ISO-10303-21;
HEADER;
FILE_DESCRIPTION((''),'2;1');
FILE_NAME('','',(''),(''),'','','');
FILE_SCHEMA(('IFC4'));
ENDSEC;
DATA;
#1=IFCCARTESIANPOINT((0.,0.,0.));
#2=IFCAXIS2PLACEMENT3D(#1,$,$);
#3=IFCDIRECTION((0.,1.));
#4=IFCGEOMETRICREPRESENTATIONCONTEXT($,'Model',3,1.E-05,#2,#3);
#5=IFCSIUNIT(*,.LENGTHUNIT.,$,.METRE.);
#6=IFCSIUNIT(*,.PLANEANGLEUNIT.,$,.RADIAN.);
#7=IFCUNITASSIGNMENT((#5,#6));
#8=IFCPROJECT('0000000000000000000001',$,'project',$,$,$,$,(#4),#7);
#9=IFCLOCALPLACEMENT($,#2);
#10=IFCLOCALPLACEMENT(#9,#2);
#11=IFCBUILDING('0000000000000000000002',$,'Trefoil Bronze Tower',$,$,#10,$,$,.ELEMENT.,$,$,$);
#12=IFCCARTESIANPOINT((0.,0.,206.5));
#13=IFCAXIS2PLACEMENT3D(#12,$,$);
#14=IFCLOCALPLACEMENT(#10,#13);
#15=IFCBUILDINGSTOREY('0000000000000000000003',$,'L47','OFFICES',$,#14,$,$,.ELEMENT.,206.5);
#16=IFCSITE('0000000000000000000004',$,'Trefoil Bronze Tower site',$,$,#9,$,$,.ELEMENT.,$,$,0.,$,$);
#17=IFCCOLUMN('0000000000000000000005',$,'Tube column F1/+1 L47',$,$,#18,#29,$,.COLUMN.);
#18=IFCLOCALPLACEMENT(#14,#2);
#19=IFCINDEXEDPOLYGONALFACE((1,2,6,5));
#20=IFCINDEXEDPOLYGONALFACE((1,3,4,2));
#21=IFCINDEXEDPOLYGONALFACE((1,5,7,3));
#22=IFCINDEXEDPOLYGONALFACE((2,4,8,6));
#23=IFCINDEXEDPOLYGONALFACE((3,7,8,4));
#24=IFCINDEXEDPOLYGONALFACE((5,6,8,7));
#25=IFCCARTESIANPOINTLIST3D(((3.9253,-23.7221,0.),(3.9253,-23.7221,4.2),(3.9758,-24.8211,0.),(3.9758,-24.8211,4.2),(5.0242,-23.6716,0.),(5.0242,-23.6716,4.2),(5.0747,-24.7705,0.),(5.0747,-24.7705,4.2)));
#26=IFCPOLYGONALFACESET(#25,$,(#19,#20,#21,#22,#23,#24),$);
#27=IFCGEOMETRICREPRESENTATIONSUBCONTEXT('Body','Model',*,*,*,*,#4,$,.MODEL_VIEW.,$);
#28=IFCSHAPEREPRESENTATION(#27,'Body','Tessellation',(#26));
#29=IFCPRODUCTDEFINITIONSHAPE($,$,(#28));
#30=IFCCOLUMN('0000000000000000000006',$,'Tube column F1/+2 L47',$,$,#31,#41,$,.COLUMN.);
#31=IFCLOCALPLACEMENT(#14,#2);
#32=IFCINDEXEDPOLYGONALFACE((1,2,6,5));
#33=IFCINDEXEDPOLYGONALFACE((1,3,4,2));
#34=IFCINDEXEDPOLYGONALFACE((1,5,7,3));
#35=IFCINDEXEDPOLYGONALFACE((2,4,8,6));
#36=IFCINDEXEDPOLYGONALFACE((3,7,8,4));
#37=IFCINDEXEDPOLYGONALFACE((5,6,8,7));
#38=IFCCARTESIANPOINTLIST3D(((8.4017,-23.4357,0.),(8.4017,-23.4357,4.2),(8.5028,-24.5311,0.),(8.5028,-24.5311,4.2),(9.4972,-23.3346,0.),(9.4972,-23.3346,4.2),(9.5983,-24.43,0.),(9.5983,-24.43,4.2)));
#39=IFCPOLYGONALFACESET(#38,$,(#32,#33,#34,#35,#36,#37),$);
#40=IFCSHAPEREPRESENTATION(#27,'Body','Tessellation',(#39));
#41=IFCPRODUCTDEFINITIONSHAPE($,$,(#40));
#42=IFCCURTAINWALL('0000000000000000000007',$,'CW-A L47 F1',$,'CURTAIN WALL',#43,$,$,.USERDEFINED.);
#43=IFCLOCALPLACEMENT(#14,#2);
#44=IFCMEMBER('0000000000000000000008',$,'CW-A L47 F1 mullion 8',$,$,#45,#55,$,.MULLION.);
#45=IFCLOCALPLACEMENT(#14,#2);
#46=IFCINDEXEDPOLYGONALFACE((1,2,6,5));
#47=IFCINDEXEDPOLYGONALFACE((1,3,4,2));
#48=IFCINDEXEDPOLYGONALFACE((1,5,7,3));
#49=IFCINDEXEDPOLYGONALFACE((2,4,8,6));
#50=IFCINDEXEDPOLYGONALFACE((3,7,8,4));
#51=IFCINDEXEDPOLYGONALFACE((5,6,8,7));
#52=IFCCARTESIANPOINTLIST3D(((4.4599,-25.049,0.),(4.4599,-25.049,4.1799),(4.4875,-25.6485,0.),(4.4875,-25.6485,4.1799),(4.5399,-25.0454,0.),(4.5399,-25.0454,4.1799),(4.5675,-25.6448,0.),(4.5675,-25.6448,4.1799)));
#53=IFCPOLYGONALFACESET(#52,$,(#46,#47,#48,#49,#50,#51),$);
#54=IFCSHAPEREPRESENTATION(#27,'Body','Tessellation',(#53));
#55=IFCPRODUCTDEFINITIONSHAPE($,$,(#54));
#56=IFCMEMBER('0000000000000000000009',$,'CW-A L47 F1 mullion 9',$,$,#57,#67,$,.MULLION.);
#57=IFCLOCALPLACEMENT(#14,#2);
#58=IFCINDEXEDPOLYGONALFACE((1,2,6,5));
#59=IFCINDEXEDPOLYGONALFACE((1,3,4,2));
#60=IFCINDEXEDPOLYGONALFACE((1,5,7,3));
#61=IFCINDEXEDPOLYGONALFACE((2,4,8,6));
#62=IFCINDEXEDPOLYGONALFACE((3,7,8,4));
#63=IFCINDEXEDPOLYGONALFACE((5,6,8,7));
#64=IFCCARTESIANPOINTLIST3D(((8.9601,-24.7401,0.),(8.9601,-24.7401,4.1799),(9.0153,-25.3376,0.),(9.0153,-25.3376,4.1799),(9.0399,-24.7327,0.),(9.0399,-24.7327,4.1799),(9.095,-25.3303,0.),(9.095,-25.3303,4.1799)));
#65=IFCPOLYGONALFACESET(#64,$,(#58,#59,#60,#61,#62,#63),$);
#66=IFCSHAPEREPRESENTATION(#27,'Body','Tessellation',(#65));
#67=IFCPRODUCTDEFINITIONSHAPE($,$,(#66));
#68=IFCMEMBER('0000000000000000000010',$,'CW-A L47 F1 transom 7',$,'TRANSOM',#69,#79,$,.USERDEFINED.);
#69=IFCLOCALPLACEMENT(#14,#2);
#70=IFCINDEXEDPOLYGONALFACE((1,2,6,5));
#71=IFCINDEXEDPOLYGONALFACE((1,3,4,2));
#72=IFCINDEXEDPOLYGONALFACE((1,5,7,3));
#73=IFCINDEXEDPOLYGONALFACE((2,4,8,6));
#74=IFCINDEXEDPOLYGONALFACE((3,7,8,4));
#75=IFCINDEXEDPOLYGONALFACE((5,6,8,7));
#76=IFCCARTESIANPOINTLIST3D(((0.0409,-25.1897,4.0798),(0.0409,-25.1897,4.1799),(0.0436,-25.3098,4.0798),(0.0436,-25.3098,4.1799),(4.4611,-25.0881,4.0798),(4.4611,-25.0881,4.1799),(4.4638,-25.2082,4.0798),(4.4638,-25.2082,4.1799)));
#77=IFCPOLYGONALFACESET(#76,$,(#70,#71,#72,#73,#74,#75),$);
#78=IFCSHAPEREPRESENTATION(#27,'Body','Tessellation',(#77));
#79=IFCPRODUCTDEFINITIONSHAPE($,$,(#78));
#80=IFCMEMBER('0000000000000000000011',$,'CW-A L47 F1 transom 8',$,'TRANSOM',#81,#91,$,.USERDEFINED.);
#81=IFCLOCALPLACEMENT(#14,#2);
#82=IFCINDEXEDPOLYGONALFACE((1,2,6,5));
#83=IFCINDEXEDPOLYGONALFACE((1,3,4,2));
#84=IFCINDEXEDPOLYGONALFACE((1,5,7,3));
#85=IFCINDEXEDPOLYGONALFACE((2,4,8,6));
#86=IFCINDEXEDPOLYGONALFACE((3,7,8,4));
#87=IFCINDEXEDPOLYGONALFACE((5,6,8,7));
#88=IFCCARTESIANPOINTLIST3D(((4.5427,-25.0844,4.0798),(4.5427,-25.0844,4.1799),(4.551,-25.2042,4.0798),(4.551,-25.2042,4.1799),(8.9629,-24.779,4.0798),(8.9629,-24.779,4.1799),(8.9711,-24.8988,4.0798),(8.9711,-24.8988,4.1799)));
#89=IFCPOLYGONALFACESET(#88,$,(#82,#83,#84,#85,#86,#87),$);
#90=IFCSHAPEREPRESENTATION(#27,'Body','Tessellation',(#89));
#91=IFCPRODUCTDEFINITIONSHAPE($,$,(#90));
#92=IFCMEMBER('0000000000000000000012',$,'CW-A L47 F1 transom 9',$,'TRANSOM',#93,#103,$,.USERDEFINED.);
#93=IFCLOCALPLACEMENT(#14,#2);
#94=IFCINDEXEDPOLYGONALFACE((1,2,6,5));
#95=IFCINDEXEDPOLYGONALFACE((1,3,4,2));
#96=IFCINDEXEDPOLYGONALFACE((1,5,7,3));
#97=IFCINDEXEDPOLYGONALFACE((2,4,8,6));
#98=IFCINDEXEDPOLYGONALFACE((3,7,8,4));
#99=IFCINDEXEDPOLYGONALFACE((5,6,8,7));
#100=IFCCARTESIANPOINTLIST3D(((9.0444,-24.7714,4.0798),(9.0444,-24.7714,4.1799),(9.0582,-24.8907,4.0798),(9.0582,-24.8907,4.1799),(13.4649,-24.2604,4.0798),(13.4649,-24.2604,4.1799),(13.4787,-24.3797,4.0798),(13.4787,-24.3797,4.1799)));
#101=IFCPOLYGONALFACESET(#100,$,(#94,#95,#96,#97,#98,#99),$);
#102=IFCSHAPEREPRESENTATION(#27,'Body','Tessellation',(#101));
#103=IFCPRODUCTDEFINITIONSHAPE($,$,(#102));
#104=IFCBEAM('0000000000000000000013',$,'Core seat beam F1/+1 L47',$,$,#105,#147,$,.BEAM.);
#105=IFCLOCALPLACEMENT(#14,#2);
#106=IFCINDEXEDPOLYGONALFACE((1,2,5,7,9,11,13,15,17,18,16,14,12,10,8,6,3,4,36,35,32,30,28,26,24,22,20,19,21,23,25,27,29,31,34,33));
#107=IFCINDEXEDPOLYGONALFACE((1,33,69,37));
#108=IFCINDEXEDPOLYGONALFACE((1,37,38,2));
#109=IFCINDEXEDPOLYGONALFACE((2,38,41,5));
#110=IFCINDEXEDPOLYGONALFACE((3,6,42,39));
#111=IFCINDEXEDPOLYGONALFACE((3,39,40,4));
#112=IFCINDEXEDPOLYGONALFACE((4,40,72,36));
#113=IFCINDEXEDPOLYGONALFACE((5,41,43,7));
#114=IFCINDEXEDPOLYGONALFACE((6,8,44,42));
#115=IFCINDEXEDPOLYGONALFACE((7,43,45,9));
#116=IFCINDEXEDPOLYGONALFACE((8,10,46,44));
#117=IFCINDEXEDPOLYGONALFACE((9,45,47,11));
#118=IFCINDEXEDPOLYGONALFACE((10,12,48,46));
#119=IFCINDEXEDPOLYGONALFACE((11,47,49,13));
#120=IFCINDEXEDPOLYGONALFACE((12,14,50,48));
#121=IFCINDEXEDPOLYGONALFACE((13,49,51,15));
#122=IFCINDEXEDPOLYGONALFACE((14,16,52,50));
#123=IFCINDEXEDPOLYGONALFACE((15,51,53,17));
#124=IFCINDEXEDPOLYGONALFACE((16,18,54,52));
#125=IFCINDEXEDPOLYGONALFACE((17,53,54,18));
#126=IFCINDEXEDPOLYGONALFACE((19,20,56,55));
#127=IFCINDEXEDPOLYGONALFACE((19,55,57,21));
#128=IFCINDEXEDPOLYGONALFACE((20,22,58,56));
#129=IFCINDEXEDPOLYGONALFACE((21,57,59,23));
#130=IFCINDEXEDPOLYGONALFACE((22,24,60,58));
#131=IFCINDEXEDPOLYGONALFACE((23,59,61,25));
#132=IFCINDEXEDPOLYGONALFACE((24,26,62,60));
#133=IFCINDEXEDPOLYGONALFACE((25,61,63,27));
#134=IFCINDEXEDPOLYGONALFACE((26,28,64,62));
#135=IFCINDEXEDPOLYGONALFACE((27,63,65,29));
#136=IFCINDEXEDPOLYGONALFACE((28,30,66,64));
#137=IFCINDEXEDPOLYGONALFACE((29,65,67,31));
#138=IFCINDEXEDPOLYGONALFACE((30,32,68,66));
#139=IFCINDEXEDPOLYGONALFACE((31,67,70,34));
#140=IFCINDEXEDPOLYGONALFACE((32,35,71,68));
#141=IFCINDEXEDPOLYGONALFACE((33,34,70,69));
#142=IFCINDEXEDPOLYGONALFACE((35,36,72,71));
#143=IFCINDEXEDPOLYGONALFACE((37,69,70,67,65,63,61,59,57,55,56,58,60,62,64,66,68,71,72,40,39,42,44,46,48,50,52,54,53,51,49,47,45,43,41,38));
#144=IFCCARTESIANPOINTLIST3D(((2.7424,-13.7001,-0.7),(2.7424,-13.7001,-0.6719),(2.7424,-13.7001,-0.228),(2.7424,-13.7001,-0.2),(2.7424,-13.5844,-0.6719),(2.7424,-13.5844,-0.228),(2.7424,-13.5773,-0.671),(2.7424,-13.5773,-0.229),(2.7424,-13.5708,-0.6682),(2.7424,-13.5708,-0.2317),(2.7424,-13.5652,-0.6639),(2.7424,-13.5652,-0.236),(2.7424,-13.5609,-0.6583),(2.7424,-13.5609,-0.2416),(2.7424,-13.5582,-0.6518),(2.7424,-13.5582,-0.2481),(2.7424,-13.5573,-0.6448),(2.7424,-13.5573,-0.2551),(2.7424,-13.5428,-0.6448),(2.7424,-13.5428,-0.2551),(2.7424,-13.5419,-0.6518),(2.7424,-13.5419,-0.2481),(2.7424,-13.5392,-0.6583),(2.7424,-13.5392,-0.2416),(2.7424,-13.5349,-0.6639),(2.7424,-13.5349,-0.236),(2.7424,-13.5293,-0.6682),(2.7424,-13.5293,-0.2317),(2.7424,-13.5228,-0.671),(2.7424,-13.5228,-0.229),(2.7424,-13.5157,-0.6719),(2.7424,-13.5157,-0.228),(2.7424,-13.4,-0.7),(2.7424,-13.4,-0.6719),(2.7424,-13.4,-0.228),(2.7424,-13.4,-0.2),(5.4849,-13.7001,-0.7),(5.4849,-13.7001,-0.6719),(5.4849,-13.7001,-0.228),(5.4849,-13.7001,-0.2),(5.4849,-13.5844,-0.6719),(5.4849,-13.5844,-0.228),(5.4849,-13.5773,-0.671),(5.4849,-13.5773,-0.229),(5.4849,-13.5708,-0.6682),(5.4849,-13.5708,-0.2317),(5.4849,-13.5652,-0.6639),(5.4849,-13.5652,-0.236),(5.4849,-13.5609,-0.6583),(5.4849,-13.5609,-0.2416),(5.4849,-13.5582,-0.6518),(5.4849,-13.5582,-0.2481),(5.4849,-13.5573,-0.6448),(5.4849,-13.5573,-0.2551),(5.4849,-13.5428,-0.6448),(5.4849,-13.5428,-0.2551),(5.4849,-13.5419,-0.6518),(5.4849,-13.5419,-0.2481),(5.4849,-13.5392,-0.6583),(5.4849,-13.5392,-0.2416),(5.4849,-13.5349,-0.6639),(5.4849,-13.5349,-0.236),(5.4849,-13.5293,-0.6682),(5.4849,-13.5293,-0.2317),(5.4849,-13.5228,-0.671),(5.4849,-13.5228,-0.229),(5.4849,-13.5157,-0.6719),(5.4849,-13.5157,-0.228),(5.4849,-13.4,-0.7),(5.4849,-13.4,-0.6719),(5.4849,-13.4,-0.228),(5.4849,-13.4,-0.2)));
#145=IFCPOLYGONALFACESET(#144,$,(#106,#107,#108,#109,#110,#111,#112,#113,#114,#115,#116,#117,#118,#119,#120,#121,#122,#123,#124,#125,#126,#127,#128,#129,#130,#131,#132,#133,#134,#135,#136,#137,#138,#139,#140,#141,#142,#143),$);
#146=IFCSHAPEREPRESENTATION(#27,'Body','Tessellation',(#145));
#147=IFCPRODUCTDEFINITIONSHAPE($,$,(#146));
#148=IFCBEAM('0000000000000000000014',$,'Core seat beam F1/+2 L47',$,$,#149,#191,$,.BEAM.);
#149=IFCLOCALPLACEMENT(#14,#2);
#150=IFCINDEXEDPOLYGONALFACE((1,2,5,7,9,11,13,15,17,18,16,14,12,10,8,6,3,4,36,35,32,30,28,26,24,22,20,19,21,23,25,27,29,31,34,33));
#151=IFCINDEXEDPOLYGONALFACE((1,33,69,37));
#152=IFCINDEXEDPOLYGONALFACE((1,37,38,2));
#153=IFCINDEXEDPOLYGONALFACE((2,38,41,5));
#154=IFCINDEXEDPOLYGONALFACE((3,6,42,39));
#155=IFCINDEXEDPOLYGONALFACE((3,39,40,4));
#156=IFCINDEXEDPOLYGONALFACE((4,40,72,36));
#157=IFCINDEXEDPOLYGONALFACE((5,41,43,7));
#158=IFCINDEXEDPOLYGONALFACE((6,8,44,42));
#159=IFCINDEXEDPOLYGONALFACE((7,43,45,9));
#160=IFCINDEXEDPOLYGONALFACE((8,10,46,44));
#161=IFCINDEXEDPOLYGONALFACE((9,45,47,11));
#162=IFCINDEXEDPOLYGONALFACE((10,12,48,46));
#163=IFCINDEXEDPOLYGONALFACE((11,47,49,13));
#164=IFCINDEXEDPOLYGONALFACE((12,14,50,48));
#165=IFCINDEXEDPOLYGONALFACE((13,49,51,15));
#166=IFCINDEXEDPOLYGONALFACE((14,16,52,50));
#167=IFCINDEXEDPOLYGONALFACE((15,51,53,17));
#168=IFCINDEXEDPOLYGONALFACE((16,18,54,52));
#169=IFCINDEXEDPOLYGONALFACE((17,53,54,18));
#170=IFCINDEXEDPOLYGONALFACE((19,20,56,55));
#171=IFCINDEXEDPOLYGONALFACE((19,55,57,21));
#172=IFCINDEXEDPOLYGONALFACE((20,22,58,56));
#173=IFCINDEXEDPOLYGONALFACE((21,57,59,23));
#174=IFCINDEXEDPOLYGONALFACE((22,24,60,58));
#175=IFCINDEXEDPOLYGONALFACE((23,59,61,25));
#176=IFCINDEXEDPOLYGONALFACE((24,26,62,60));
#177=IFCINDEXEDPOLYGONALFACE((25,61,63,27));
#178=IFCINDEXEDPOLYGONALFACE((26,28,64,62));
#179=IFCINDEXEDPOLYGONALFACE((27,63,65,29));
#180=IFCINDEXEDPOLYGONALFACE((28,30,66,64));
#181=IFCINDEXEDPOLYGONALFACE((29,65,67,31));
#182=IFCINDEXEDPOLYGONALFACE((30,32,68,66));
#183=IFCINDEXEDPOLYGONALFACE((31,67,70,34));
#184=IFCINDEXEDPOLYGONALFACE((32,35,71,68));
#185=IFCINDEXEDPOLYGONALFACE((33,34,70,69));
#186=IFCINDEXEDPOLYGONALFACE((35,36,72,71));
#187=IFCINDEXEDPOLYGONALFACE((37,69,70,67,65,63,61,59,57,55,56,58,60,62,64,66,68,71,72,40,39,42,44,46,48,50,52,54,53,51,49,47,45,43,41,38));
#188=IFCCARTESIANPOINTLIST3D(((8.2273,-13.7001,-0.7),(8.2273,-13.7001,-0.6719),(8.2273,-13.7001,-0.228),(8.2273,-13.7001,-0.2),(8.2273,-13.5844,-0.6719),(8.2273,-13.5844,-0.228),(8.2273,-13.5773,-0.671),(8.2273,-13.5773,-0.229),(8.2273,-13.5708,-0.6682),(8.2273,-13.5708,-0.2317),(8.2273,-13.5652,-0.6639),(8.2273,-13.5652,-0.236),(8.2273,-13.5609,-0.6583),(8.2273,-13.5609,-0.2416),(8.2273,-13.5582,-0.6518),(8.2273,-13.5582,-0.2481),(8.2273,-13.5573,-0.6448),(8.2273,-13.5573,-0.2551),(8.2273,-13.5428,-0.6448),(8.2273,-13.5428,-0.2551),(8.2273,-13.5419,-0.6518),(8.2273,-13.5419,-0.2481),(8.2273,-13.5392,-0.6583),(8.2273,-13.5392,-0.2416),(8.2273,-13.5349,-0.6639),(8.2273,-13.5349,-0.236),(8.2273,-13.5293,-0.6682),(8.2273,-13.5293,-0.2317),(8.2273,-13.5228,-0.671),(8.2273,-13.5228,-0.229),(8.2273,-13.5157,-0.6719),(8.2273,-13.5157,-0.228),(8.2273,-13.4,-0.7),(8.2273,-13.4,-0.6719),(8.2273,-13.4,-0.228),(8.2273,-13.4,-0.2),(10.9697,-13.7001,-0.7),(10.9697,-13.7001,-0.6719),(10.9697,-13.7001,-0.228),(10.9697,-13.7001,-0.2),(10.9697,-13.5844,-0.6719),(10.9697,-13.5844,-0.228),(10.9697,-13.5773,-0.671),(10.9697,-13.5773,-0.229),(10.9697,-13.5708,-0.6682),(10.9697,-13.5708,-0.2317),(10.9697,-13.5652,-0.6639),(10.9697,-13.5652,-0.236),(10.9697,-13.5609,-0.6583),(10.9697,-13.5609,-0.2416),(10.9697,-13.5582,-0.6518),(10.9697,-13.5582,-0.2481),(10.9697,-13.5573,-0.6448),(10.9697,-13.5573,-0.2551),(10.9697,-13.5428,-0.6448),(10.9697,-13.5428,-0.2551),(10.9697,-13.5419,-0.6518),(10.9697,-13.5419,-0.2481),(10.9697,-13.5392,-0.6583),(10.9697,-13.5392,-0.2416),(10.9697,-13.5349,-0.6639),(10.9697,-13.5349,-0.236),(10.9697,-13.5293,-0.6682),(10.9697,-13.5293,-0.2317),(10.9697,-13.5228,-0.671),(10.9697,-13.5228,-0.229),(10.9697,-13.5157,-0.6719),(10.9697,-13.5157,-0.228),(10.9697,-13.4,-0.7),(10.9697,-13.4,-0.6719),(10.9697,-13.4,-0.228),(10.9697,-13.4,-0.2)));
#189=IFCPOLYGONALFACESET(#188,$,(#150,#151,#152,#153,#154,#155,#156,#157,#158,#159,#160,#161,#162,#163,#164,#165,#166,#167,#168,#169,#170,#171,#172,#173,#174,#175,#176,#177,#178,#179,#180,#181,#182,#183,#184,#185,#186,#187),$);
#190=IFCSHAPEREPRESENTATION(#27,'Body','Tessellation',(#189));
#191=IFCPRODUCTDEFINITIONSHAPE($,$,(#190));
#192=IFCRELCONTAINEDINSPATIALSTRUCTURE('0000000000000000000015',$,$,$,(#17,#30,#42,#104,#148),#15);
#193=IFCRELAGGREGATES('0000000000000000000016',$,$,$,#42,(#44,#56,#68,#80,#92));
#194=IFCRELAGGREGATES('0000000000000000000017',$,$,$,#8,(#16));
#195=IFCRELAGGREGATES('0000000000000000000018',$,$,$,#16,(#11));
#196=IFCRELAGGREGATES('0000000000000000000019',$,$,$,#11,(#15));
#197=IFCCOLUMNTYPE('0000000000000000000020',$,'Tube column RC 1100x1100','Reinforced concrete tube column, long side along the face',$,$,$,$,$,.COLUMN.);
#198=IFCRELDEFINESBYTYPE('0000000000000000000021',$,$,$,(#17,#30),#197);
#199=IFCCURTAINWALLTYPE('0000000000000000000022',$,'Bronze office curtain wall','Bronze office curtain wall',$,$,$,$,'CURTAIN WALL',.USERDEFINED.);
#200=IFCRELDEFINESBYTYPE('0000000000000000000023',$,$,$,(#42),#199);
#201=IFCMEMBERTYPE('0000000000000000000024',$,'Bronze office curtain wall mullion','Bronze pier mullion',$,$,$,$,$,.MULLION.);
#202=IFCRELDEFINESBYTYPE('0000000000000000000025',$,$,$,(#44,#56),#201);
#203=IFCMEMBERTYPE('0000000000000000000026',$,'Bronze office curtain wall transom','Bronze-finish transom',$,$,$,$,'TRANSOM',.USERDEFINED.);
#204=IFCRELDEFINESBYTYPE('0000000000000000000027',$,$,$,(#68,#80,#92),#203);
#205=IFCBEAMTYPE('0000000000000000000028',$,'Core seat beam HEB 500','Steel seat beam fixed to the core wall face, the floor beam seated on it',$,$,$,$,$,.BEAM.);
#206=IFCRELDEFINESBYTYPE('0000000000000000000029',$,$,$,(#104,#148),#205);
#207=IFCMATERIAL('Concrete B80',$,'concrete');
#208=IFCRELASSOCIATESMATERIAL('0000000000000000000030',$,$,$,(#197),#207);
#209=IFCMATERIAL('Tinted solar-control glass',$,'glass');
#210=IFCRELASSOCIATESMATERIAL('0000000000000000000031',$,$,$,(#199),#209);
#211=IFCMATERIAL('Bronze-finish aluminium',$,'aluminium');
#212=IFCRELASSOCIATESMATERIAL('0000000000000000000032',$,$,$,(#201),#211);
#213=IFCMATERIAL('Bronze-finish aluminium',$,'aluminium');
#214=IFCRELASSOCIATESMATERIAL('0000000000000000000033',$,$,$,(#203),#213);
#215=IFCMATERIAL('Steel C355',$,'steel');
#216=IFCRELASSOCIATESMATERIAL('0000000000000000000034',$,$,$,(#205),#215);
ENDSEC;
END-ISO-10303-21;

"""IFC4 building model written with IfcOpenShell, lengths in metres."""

from ifc_helpers import new_model, si_unit, direction, frame, origin, origin_2d, place, context, subcontext, project, spatial, rectangle, i_section, extrude, material, material_profile, profile_set, type_object, element, aggregate, save


model = new_model("IFC4")

# Units and contexts
model_context = context("Model", 3, precision=1e-05, world=origin(), true_north=direction((0.0, 1.0)))
body_context = subcontext(model_context, "Body", "Model", "MODEL_VIEW")
ifc_project = project(units=[si_unit("LENGTHUNIT", "METRE"), si_unit("PLANEANGLEUNIT", "RADIAN")], contexts=[model_context])

# Site, building, storey
site_placement = place(None, origin())
site = spatial("IfcSite", under=ifc_project, at=site_placement, Name="Trefoil Bronze Tower site", CompositionType="ELEMENT", RefElevation=0.0)
building_placement = place(site_placement, origin())
building = spatial("IfcBuilding", under=site, at=building_placement, Name="Trefoil Bronze Tower", CompositionType="ELEMENT")
storey_placement = place(building_placement, frame((0.0, 0.0, 206.5)))
storey = spatial("IfcBuildingStorey", under=building, at=storey_placement, Name="L47", Description="OFFICES", CompositionType="ELEMENT", Elevation=206.5)

# Columns
ifc_material_1 = material(Name="Concrete B80", Category="concrete")
ifc_material_profile_1 = material_profile(ifc_material_1, rectangle(XDim=1.1001, YDim=1.1001, at=origin_2d()), Name="RC 1100x1100")
ifc_profile_set_1 = profile_set([ifc_material_profile_1], Name="Concrete B80")
column_type = type_object("IfcColumnType", Name="Tube column RC 1100x1100", Description="Reinforced concrete tube column, long side along the face", PredefinedType="COLUMN", material=ifc_profile_set_1)
for number, where, z_axis, x_axis, name in (
    (1, (4.5, -24.2463, 0.0), (0.0, 0.0, 1.0), (0.998943, 0.045956, 0.0), "Tube column F1/+1 L47"),
    (2, (9.0, -23.9329, 0.0), (0.0, 0.0, 1.0), (0.995767, 0.091911, 0.0), "Tube column F1/+2 L47"),
):
    element("IfcColumn", number, at=place(storey_placement, frame(where, z_axis=z_axis, x_axis=x_axis)), inside=storey, type_object=column_type, Name=name, PredefinedType="COLUMN", context=body_context, shape_type="SweptSolid", body=[
        extrude(rectangle(XDim=1.1001, YDim=1.1001, at=origin_2d()), origin(), (0.0, 0.0, 1.0), 4.2),
    ])

# Curtain wall, members
ifc_material_2 = material(Name="Tinted solar-control glass", Category="glass")
curtain_wall_type = type_object("IfcCurtainWallType", Name="Bronze office curtain wall", Description="Bronze office curtain wall", ElementType="CURTAIN WALL", PredefinedType="USERDEFINED", material=ifc_material_2)
curtain_wall_placement = place(storey_placement, origin())
curtain_wall = element("IfcCurtainWall", 3, at=curtain_wall_placement, inside=storey, type_object=curtain_wall_type, Name="CW-A L47 F1", ObjectType="CURTAIN WALL", PredefinedType="USERDEFINED")
ifc_material_3 = material(Name="Bronze-finish aluminium", Category="aluminium")
ifc_material_profile_2 = material_profile(ifc_material_3, rectangle(XDim=0.6001, YDim=0.0801, at=origin_2d()), Name="CW-A mullion")
ifc_profile_set_2 = profile_set([ifc_material_profile_2], Name="Bronze-finish aluminium")
member_type_1 = type_object("IfcMemberType", Name="Bronze office curtain wall mullion", Description="Bronze pier mullion", PredefinedType="MULLION", material=ifc_profile_set_2)
member_1_placement = place(storey_placement, frame((4.5137, -25.3469, 0.0), z_axis=(0.0, 0.0, 1.0), x_axis=(-0.045956, 0.998943, 0.0)))
member_1 = element("IfcMember", 4, at=member_1_placement, type_object=member_type_1, Name="CW-A L47 F1 mullion 8", PredefinedType="MULLION", context=body_context, shape_type="SweptSolid", body=[
    extrude(rectangle(XDim=0.6001, YDim=0.0801, at=origin_2d()), origin(), (0.0, 0.0, 1.0), 4.1799),
])
member_2_placement = place(storey_placement, frame((9.0276, -25.0352, 0.0), z_axis=(0.0, 0.0, 1.0), x_axis=(-0.091911, 0.995767, 0.0)))
member_2 = element("IfcMember", 5, at=member_2_placement, type_object=member_type_1, Name="CW-A L47 F1 mullion 9", PredefinedType="MULLION", context=body_context, shape_type="SweptSolid", body=[
    extrude(rectangle(XDim=0.6001, YDim=0.0801, at=origin_2d()), origin(), (0.0, 0.0, 1.0), 4.1799),
])
ifc_material_4 = material(Name="Bronze-finish aluminium", Category="aluminium")
ifc_material_profile_3 = material_profile(ifc_material_4, rectangle(XDim=0.1201, YDim=0.1001, at=origin_2d()), Name="CW-A transom")
ifc_profile_set_3 = profile_set([ifc_material_profile_3], Name="Bronze-finish aluminium")
member_type_2 = type_object("IfcMemberType", Name="Bronze office curtain wall transom", Description="Bronze-finish transom", ElementType="TRANSOM", PredefinedType="USERDEFINED", material=ifc_profile_set_3)
member_3_placement = place(storey_placement, frame((0.0422, -25.2498, 4.1299), z_axis=(0.999736, 0.022971, 0.0), x_axis=(-0.022971, 0.999736, 0.0)))
member_3 = element("IfcMember", 6, at=member_3_placement, type_object=member_type_2, Name="CW-A L47 F1 transom 7", ObjectType="TRANSOM", PredefinedType="USERDEFINED", context=body_context, shape_type="SweptSolid", body=[
    extrude(rectangle(XDim=0.1201, YDim=0.1001, at=origin_2d()), origin(), (0.0, 0.0, 1.0), 4.4214),
])
member_4_placement = place(storey_placement, frame((4.5469, -25.1443, 4.1299), z_axis=(0.997621, 0.068933, 0.0), x_axis=(-0.068933, 0.997621, 0.0)))
member_4 = element("IfcMember", 7, at=member_4_placement, type_object=member_type_2, Name="CW-A L47 F1 transom 8", ObjectType="TRANSOM", PredefinedType="USERDEFINED", context=body_context, shape_type="SweptSolid", body=[
    extrude(rectangle(XDim=0.1201, YDim=0.1001, at=origin_2d()), origin(), (0.0, 0.0, 1.0), 4.4307),
])
member_5_placement = place(storey_placement, frame((9.0513, -24.8311, 4.1299), z_axis=(0.993385, 0.114832, 0.0), x_axis=(-0.114832, 0.993385, 0.0)))
member_5 = element("IfcMember", 8, at=member_5_placement, type_object=member_type_2, Name="CW-A L47 F1 transom 9", ObjectType="TRANSOM", PredefinedType="USERDEFINED", context=body_context, shape_type="SweptSolid", body=[
    extrude(rectangle(XDim=0.1201, YDim=0.1001, at=origin_2d()), origin(), (0.0, 0.0, 1.0), 4.45),
])

# Beams
ifc_material_5 = material(Name="Steel C355", Category="steel")
ifc_material_profile_4 = material_profile(ifc_material_5, i_section(OverallWidth=0.3, OverallDepth=0.5, WebThickness=0.0144, FlangeThickness=0.0281, FilletRadius=0.0271, at=origin_2d()), Name="HEB 500")
ifc_profile_set_4 = profile_set([ifc_material_profile_4], Name="Steel C355")
beam_type_1 = type_object("IfcBeamType", Name="Core seat beam HEB 500", Description="Steel seat beam fixed to the core wall face, the floor beam seated on it", PredefinedType="BEAM", material=ifc_profile_set_4)
for number, where, z_axis, x_axis, name in (
    (9, (2.7424, -13.55, -0.45), (1.0, 0.0, 0.0), (0.0, 1.0, 0.0), "Core seat beam F1/+1 L47"),
    (10, (8.2273, -13.55, -0.45), (1.0, 0.0, 0.0), (0.0, 1.0, 0.0), "Core seat beam F1/+2 L47"),
):
    element("IfcBeam", number, at=place(storey_placement, frame(where, z_axis=z_axis, x_axis=x_axis)), inside=storey, type_object=beam_type_1, Name=name, PredefinedType="BEAM", context=body_context, shape_type="SweptSolid", body=[
        extrude(i_section(OverallWidth=0.3, OverallDepth=0.5, WebThickness=0.0144, FlangeThickness=0.0281, FilletRadius=0.0271, at=origin_2d()), origin(), (0.0, 0.0, 1.0), 2.7424),
    ])

aggregate(curtain_wall, [member_1, member_2, member_3, member_4, member_5])

save(model, "model.ifc")
